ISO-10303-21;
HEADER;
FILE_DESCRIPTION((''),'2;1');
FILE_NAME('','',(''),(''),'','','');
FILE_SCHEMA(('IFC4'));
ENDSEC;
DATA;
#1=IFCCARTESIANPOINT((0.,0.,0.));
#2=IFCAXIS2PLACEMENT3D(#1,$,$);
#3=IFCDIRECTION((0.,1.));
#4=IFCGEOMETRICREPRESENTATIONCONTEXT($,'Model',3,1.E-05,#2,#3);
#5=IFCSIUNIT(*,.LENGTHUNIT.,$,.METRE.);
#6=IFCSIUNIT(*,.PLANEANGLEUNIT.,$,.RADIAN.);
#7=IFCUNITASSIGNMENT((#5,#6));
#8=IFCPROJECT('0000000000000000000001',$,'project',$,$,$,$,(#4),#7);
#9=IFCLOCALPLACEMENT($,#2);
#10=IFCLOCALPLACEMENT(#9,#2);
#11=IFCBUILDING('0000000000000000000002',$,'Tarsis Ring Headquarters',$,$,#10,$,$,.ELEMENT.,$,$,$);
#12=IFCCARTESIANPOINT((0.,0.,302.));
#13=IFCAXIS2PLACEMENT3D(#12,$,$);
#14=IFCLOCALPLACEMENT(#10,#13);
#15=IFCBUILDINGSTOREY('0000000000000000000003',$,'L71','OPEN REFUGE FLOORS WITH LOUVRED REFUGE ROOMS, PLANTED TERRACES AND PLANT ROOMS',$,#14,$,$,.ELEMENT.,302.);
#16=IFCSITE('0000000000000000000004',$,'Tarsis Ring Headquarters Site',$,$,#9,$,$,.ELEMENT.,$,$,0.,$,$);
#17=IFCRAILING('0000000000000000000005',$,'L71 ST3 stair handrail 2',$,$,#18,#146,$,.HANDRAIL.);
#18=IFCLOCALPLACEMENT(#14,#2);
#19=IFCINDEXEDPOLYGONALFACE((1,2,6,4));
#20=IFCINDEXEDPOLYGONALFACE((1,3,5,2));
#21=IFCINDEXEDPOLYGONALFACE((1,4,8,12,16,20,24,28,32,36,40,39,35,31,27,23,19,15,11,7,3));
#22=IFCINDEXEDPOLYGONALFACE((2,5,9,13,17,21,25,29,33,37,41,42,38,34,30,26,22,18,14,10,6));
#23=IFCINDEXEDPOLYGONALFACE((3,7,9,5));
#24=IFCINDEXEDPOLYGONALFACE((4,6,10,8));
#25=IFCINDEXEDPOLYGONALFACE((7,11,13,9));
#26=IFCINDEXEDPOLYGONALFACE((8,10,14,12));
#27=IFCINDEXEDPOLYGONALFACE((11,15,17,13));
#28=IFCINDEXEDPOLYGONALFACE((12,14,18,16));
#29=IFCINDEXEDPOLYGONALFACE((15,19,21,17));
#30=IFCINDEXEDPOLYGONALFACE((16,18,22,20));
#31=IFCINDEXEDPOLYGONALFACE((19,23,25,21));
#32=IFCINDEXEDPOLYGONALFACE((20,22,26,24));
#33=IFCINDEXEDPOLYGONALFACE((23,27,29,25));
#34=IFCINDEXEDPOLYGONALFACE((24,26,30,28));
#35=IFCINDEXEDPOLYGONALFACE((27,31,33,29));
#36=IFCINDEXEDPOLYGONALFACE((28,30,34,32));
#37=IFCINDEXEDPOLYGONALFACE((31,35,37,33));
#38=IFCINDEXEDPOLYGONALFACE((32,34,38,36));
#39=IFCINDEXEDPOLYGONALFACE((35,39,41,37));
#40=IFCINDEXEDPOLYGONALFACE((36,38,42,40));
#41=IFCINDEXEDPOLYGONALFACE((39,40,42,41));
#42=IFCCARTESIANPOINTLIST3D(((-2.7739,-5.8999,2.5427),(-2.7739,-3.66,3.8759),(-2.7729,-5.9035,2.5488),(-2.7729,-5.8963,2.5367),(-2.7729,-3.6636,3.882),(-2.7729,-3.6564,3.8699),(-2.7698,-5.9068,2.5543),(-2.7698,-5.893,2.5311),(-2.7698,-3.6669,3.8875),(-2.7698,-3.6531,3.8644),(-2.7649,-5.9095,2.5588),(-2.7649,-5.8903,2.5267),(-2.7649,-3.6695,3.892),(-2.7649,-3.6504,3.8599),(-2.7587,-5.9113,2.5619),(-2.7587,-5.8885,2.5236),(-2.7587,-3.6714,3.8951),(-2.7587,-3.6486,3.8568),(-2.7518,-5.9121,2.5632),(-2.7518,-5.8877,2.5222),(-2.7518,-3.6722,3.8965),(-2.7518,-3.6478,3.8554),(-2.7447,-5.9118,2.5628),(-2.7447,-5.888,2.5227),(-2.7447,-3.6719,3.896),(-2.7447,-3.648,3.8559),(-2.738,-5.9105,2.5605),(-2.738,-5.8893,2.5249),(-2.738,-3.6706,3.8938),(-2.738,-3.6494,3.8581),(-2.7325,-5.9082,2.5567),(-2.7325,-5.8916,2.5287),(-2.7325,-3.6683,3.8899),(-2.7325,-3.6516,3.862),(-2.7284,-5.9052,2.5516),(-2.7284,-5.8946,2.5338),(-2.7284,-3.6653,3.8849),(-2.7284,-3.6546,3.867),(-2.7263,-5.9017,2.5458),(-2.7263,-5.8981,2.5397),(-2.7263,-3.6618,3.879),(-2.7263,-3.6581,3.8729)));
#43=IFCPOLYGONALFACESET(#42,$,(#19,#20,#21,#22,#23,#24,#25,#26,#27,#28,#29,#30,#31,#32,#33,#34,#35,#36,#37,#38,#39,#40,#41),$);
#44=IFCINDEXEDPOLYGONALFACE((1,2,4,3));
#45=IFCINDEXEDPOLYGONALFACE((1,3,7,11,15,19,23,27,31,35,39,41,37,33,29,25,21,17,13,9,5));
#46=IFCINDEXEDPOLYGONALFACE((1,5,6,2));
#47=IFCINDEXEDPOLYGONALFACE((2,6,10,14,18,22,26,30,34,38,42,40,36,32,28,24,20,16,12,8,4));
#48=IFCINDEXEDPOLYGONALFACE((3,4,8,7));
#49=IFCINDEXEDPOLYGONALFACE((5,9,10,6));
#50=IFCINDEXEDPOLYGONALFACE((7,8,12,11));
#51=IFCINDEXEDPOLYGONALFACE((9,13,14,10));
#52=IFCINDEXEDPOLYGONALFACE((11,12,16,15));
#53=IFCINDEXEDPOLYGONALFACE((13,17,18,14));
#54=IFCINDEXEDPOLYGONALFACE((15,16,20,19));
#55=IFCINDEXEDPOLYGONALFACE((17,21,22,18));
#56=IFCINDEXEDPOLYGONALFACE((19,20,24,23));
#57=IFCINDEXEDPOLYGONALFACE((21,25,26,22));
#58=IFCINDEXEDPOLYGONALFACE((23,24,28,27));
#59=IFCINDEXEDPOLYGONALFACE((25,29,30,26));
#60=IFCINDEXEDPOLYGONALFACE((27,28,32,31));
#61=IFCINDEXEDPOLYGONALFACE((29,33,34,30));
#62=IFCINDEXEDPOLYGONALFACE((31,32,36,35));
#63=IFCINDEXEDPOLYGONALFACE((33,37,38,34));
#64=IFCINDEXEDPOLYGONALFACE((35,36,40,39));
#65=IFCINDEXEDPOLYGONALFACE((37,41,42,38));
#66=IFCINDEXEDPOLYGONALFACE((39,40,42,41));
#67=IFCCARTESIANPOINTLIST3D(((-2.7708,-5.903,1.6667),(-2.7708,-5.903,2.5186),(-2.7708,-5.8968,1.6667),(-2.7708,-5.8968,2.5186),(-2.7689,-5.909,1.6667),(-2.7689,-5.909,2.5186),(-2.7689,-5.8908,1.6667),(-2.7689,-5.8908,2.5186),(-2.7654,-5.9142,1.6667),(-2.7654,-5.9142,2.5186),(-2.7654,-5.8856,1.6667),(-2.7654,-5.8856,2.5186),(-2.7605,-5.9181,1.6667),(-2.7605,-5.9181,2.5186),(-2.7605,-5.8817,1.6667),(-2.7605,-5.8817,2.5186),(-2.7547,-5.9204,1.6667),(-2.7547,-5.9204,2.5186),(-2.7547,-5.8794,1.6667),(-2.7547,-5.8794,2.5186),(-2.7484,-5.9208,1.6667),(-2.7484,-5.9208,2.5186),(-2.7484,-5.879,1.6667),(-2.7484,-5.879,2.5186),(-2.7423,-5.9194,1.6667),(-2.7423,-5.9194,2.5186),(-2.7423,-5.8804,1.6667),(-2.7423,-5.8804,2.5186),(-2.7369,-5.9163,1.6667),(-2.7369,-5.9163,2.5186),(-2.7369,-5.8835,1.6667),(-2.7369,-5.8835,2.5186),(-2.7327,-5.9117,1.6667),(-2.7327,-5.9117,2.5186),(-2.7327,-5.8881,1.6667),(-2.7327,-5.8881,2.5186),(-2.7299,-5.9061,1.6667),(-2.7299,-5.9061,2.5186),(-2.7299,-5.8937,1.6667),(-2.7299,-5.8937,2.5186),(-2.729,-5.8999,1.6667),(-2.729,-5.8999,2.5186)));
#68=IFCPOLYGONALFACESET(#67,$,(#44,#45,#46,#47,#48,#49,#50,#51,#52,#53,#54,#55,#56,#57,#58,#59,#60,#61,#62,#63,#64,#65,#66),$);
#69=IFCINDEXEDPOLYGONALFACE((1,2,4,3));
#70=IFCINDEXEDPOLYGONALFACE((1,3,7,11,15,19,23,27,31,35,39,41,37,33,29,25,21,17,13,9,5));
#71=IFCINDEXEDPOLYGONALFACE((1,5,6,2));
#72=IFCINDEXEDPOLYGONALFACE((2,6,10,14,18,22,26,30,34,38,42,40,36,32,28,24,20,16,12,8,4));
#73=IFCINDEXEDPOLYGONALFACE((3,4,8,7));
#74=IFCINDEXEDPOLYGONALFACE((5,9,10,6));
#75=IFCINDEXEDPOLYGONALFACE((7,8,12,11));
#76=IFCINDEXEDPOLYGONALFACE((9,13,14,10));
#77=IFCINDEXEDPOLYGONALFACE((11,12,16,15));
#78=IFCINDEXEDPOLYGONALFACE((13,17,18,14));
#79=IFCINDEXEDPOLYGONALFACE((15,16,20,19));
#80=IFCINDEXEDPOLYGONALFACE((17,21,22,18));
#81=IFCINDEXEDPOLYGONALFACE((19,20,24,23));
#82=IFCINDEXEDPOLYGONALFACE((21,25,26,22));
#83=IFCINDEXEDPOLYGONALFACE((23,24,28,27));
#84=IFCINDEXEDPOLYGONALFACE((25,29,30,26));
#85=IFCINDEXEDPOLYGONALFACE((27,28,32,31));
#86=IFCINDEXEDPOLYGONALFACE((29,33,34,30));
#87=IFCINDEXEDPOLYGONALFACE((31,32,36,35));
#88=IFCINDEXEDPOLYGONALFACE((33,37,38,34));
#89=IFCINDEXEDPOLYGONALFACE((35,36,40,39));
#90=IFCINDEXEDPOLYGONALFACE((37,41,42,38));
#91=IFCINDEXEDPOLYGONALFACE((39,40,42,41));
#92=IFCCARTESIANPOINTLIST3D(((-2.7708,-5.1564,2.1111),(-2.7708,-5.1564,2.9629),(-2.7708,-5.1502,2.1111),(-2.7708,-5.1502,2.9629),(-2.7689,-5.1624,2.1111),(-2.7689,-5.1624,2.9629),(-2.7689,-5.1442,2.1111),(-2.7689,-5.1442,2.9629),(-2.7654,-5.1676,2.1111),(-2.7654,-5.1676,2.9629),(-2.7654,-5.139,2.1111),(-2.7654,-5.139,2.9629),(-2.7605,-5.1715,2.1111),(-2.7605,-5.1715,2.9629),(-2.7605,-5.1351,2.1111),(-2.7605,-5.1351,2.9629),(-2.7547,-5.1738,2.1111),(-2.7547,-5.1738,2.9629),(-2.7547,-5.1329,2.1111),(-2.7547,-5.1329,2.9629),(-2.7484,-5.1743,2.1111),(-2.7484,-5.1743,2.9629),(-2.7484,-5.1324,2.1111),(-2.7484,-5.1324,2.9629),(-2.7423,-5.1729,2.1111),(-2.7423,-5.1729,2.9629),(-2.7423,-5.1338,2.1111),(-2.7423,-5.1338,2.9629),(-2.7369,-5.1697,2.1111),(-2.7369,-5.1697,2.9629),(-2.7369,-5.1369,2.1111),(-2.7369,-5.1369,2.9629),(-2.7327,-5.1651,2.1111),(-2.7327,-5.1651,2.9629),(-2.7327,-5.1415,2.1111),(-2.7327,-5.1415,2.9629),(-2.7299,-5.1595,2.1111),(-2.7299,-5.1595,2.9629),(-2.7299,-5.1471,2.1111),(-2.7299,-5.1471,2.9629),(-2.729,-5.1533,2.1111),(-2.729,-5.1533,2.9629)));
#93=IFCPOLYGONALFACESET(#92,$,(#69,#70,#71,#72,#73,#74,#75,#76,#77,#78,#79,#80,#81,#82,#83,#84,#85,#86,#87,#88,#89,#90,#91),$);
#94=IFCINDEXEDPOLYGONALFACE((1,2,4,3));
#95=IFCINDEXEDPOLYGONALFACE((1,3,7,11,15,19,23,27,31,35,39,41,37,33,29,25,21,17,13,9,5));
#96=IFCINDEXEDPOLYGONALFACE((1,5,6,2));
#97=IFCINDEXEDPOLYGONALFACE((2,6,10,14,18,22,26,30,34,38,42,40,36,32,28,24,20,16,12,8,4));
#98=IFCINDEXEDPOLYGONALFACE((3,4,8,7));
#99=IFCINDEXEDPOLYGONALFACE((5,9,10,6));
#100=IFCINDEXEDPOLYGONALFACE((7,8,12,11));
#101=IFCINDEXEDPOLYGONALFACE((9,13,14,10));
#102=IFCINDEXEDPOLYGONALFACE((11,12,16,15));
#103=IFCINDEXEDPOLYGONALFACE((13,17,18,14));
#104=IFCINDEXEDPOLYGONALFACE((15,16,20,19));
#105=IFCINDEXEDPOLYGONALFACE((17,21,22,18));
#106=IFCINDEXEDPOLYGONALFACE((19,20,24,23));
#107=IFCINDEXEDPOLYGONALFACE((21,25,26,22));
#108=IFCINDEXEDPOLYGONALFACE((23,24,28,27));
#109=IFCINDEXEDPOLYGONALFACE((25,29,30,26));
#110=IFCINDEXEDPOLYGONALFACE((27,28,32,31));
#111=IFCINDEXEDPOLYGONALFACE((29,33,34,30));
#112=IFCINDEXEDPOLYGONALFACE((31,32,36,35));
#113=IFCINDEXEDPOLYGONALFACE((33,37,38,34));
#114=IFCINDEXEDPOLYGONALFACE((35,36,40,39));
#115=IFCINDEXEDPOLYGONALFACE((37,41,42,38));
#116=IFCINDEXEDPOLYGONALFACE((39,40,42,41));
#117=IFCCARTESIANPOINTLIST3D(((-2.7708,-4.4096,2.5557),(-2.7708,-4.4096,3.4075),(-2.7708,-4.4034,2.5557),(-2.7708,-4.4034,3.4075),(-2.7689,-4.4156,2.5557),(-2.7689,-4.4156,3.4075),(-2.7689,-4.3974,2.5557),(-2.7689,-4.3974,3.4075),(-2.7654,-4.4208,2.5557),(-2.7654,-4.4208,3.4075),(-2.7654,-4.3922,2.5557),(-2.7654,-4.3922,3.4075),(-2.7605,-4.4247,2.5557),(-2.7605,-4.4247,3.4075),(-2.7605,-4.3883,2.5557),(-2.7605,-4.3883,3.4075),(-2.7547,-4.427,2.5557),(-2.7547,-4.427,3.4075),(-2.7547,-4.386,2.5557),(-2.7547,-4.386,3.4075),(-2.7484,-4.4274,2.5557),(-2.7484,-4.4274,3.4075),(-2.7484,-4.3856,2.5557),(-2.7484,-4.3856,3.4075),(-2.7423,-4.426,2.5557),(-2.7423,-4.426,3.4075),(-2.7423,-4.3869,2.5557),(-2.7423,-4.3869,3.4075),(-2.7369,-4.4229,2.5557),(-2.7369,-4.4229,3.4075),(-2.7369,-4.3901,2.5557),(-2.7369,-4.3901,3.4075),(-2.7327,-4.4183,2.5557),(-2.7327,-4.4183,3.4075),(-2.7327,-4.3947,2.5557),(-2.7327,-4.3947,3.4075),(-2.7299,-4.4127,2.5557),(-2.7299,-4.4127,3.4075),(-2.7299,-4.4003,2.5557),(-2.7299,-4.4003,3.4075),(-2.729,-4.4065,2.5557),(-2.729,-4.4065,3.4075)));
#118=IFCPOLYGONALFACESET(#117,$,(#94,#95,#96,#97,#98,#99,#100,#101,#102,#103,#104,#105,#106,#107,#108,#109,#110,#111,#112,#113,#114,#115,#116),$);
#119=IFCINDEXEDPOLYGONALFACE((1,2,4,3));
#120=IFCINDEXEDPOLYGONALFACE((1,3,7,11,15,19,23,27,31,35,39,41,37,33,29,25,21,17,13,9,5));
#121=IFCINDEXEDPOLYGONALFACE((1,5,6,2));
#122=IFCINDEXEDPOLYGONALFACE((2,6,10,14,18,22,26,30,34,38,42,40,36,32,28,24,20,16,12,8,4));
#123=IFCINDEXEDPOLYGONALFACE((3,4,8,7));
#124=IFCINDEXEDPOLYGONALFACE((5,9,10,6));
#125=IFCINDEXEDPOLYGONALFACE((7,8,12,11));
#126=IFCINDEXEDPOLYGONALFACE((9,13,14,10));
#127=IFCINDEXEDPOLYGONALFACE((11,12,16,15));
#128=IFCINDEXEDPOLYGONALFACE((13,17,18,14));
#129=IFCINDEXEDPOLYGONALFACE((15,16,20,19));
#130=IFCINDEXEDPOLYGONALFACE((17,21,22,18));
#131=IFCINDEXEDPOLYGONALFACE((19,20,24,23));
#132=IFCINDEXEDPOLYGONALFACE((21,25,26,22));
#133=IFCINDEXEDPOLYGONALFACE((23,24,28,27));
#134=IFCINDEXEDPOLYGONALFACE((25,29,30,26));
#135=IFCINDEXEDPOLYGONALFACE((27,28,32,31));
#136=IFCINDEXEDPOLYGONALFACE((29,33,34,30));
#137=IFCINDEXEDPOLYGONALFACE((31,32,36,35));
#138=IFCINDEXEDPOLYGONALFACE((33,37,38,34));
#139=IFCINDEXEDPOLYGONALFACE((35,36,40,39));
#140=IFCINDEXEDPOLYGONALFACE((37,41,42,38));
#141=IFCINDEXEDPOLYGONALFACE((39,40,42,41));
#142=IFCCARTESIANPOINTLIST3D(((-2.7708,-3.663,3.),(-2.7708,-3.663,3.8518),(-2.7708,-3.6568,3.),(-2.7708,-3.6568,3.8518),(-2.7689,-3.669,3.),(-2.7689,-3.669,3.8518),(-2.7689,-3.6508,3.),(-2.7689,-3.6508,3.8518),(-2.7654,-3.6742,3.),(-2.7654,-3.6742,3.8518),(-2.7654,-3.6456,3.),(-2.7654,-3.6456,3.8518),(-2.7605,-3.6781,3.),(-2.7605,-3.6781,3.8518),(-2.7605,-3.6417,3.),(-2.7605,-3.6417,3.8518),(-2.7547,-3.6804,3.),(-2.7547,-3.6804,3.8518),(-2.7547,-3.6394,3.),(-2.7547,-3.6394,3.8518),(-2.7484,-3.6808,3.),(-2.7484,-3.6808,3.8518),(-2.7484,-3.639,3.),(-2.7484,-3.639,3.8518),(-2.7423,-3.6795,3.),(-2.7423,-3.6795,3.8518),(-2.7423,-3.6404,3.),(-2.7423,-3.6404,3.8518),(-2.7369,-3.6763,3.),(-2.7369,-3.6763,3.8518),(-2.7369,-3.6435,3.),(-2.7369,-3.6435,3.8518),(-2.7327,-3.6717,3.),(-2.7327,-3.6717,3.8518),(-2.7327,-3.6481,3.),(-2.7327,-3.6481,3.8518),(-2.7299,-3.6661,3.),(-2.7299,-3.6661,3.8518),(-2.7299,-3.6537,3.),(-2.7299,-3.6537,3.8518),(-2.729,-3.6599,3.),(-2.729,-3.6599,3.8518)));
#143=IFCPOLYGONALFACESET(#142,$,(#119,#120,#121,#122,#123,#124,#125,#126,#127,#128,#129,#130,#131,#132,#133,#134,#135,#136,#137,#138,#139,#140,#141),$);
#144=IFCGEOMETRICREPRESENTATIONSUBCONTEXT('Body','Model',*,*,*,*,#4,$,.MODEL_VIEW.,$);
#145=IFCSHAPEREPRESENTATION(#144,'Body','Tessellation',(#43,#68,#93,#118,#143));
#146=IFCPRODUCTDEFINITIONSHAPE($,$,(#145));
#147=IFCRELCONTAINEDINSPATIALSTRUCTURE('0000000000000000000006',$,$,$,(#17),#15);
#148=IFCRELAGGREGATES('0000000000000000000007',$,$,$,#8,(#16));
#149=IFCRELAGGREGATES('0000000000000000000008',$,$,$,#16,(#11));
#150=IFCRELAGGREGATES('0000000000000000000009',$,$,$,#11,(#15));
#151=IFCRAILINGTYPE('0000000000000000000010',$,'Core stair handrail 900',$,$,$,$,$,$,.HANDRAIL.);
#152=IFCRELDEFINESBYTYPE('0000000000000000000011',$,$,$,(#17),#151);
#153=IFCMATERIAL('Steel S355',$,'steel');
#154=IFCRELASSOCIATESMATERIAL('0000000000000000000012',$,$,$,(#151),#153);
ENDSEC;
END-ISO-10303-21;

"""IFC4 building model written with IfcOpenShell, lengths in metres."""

from ifc_helpers import new_model, si_unit, direction, frame, origin, origin_2d, place, context, subcontext, project, spatial, circle, extrude, material, type_object, element, save


model = new_model("IFC4")

# Units and contexts
model_context = context("Model", 3, precision=1e-05, world=origin(), true_north=direction((0.0, 1.0)))
body_context = subcontext(model_context, "Body", "Model", "MODEL_VIEW")
ifc_project = project(units=[si_unit("LENGTHUNIT", "METRE"), si_unit("PLANEANGLEUNIT", "RADIAN")], contexts=[model_context])

# Site, building, storey
site_placement = place(None, origin())
site = spatial("IfcSite", under=ifc_project, at=site_placement, Name="Tarsis Ring Headquarters Site", CompositionType="ELEMENT", RefElevation=0.0)
building_placement = place(site_placement, origin())
building = spatial("IfcBuilding", under=site, at=building_placement, Name="Tarsis Ring Headquarters", CompositionType="ELEMENT")
storey_placement = place(building_placement, frame((0.0, 0.0, 302.0)))
storey = spatial("IfcBuildingStorey", under=building, at=storey_placement, Name="L71", Description="OPEN REFUGE FLOORS WITH LOUVRED REFUGE ROOMS, PLANTED TERRACES AND PLANT ROOMS", CompositionType="ELEMENT", Elevation=302.0)

# Railing
ifc_material_1 = material(Name="Steel S355", Category="steel")
railing_type_1 = type_object("IfcRailingType", Name="Core stair handrail 900", PredefinedType="HANDRAIL", material=ifc_material_1)
railing_1_placement = place(storey_placement, frame((-2.75, -5.8999, 1.6667)))
element("IfcRailing", 1, at=railing_1_placement, inside=storey, type_object=railing_type_1, Name="L71 ST3 stair handrail 2", PredefinedType="HANDRAIL", context=body_context, shape_type="SweptSolid", body=[
    extrude(circle(Radius=0.0239, at=origin_2d()), frame((0.0, 0.0, 0.876), z_axis=(0.0, 0.859306, 0.511462), x_axis=(-1.0, 0.0, 0.0)), (0.0, 0.0, 1.0), 2.6067),
    extrude(circle(Radius=0.021, at=origin_2d()), origin(), (0.0, 0.0, 1.0), 0.8518),
    extrude(circle(Radius=0.021, at=origin_2d()), frame((0.0, 0.7466, 0.4443)), (0.0, 0.0, 1.0), 0.8518),
    extrude(circle(Radius=0.021, at=origin_2d()), frame((0.0, 1.4934, 0.8889)), (0.0, 0.0, 1.0), 0.8518),
    extrude(circle(Radius=0.021, at=origin_2d()), frame((0.0, 2.24, 1.3333)), (0.0, 0.0, 1.0), 0.8518),
])

save(model, "model.ifc")
